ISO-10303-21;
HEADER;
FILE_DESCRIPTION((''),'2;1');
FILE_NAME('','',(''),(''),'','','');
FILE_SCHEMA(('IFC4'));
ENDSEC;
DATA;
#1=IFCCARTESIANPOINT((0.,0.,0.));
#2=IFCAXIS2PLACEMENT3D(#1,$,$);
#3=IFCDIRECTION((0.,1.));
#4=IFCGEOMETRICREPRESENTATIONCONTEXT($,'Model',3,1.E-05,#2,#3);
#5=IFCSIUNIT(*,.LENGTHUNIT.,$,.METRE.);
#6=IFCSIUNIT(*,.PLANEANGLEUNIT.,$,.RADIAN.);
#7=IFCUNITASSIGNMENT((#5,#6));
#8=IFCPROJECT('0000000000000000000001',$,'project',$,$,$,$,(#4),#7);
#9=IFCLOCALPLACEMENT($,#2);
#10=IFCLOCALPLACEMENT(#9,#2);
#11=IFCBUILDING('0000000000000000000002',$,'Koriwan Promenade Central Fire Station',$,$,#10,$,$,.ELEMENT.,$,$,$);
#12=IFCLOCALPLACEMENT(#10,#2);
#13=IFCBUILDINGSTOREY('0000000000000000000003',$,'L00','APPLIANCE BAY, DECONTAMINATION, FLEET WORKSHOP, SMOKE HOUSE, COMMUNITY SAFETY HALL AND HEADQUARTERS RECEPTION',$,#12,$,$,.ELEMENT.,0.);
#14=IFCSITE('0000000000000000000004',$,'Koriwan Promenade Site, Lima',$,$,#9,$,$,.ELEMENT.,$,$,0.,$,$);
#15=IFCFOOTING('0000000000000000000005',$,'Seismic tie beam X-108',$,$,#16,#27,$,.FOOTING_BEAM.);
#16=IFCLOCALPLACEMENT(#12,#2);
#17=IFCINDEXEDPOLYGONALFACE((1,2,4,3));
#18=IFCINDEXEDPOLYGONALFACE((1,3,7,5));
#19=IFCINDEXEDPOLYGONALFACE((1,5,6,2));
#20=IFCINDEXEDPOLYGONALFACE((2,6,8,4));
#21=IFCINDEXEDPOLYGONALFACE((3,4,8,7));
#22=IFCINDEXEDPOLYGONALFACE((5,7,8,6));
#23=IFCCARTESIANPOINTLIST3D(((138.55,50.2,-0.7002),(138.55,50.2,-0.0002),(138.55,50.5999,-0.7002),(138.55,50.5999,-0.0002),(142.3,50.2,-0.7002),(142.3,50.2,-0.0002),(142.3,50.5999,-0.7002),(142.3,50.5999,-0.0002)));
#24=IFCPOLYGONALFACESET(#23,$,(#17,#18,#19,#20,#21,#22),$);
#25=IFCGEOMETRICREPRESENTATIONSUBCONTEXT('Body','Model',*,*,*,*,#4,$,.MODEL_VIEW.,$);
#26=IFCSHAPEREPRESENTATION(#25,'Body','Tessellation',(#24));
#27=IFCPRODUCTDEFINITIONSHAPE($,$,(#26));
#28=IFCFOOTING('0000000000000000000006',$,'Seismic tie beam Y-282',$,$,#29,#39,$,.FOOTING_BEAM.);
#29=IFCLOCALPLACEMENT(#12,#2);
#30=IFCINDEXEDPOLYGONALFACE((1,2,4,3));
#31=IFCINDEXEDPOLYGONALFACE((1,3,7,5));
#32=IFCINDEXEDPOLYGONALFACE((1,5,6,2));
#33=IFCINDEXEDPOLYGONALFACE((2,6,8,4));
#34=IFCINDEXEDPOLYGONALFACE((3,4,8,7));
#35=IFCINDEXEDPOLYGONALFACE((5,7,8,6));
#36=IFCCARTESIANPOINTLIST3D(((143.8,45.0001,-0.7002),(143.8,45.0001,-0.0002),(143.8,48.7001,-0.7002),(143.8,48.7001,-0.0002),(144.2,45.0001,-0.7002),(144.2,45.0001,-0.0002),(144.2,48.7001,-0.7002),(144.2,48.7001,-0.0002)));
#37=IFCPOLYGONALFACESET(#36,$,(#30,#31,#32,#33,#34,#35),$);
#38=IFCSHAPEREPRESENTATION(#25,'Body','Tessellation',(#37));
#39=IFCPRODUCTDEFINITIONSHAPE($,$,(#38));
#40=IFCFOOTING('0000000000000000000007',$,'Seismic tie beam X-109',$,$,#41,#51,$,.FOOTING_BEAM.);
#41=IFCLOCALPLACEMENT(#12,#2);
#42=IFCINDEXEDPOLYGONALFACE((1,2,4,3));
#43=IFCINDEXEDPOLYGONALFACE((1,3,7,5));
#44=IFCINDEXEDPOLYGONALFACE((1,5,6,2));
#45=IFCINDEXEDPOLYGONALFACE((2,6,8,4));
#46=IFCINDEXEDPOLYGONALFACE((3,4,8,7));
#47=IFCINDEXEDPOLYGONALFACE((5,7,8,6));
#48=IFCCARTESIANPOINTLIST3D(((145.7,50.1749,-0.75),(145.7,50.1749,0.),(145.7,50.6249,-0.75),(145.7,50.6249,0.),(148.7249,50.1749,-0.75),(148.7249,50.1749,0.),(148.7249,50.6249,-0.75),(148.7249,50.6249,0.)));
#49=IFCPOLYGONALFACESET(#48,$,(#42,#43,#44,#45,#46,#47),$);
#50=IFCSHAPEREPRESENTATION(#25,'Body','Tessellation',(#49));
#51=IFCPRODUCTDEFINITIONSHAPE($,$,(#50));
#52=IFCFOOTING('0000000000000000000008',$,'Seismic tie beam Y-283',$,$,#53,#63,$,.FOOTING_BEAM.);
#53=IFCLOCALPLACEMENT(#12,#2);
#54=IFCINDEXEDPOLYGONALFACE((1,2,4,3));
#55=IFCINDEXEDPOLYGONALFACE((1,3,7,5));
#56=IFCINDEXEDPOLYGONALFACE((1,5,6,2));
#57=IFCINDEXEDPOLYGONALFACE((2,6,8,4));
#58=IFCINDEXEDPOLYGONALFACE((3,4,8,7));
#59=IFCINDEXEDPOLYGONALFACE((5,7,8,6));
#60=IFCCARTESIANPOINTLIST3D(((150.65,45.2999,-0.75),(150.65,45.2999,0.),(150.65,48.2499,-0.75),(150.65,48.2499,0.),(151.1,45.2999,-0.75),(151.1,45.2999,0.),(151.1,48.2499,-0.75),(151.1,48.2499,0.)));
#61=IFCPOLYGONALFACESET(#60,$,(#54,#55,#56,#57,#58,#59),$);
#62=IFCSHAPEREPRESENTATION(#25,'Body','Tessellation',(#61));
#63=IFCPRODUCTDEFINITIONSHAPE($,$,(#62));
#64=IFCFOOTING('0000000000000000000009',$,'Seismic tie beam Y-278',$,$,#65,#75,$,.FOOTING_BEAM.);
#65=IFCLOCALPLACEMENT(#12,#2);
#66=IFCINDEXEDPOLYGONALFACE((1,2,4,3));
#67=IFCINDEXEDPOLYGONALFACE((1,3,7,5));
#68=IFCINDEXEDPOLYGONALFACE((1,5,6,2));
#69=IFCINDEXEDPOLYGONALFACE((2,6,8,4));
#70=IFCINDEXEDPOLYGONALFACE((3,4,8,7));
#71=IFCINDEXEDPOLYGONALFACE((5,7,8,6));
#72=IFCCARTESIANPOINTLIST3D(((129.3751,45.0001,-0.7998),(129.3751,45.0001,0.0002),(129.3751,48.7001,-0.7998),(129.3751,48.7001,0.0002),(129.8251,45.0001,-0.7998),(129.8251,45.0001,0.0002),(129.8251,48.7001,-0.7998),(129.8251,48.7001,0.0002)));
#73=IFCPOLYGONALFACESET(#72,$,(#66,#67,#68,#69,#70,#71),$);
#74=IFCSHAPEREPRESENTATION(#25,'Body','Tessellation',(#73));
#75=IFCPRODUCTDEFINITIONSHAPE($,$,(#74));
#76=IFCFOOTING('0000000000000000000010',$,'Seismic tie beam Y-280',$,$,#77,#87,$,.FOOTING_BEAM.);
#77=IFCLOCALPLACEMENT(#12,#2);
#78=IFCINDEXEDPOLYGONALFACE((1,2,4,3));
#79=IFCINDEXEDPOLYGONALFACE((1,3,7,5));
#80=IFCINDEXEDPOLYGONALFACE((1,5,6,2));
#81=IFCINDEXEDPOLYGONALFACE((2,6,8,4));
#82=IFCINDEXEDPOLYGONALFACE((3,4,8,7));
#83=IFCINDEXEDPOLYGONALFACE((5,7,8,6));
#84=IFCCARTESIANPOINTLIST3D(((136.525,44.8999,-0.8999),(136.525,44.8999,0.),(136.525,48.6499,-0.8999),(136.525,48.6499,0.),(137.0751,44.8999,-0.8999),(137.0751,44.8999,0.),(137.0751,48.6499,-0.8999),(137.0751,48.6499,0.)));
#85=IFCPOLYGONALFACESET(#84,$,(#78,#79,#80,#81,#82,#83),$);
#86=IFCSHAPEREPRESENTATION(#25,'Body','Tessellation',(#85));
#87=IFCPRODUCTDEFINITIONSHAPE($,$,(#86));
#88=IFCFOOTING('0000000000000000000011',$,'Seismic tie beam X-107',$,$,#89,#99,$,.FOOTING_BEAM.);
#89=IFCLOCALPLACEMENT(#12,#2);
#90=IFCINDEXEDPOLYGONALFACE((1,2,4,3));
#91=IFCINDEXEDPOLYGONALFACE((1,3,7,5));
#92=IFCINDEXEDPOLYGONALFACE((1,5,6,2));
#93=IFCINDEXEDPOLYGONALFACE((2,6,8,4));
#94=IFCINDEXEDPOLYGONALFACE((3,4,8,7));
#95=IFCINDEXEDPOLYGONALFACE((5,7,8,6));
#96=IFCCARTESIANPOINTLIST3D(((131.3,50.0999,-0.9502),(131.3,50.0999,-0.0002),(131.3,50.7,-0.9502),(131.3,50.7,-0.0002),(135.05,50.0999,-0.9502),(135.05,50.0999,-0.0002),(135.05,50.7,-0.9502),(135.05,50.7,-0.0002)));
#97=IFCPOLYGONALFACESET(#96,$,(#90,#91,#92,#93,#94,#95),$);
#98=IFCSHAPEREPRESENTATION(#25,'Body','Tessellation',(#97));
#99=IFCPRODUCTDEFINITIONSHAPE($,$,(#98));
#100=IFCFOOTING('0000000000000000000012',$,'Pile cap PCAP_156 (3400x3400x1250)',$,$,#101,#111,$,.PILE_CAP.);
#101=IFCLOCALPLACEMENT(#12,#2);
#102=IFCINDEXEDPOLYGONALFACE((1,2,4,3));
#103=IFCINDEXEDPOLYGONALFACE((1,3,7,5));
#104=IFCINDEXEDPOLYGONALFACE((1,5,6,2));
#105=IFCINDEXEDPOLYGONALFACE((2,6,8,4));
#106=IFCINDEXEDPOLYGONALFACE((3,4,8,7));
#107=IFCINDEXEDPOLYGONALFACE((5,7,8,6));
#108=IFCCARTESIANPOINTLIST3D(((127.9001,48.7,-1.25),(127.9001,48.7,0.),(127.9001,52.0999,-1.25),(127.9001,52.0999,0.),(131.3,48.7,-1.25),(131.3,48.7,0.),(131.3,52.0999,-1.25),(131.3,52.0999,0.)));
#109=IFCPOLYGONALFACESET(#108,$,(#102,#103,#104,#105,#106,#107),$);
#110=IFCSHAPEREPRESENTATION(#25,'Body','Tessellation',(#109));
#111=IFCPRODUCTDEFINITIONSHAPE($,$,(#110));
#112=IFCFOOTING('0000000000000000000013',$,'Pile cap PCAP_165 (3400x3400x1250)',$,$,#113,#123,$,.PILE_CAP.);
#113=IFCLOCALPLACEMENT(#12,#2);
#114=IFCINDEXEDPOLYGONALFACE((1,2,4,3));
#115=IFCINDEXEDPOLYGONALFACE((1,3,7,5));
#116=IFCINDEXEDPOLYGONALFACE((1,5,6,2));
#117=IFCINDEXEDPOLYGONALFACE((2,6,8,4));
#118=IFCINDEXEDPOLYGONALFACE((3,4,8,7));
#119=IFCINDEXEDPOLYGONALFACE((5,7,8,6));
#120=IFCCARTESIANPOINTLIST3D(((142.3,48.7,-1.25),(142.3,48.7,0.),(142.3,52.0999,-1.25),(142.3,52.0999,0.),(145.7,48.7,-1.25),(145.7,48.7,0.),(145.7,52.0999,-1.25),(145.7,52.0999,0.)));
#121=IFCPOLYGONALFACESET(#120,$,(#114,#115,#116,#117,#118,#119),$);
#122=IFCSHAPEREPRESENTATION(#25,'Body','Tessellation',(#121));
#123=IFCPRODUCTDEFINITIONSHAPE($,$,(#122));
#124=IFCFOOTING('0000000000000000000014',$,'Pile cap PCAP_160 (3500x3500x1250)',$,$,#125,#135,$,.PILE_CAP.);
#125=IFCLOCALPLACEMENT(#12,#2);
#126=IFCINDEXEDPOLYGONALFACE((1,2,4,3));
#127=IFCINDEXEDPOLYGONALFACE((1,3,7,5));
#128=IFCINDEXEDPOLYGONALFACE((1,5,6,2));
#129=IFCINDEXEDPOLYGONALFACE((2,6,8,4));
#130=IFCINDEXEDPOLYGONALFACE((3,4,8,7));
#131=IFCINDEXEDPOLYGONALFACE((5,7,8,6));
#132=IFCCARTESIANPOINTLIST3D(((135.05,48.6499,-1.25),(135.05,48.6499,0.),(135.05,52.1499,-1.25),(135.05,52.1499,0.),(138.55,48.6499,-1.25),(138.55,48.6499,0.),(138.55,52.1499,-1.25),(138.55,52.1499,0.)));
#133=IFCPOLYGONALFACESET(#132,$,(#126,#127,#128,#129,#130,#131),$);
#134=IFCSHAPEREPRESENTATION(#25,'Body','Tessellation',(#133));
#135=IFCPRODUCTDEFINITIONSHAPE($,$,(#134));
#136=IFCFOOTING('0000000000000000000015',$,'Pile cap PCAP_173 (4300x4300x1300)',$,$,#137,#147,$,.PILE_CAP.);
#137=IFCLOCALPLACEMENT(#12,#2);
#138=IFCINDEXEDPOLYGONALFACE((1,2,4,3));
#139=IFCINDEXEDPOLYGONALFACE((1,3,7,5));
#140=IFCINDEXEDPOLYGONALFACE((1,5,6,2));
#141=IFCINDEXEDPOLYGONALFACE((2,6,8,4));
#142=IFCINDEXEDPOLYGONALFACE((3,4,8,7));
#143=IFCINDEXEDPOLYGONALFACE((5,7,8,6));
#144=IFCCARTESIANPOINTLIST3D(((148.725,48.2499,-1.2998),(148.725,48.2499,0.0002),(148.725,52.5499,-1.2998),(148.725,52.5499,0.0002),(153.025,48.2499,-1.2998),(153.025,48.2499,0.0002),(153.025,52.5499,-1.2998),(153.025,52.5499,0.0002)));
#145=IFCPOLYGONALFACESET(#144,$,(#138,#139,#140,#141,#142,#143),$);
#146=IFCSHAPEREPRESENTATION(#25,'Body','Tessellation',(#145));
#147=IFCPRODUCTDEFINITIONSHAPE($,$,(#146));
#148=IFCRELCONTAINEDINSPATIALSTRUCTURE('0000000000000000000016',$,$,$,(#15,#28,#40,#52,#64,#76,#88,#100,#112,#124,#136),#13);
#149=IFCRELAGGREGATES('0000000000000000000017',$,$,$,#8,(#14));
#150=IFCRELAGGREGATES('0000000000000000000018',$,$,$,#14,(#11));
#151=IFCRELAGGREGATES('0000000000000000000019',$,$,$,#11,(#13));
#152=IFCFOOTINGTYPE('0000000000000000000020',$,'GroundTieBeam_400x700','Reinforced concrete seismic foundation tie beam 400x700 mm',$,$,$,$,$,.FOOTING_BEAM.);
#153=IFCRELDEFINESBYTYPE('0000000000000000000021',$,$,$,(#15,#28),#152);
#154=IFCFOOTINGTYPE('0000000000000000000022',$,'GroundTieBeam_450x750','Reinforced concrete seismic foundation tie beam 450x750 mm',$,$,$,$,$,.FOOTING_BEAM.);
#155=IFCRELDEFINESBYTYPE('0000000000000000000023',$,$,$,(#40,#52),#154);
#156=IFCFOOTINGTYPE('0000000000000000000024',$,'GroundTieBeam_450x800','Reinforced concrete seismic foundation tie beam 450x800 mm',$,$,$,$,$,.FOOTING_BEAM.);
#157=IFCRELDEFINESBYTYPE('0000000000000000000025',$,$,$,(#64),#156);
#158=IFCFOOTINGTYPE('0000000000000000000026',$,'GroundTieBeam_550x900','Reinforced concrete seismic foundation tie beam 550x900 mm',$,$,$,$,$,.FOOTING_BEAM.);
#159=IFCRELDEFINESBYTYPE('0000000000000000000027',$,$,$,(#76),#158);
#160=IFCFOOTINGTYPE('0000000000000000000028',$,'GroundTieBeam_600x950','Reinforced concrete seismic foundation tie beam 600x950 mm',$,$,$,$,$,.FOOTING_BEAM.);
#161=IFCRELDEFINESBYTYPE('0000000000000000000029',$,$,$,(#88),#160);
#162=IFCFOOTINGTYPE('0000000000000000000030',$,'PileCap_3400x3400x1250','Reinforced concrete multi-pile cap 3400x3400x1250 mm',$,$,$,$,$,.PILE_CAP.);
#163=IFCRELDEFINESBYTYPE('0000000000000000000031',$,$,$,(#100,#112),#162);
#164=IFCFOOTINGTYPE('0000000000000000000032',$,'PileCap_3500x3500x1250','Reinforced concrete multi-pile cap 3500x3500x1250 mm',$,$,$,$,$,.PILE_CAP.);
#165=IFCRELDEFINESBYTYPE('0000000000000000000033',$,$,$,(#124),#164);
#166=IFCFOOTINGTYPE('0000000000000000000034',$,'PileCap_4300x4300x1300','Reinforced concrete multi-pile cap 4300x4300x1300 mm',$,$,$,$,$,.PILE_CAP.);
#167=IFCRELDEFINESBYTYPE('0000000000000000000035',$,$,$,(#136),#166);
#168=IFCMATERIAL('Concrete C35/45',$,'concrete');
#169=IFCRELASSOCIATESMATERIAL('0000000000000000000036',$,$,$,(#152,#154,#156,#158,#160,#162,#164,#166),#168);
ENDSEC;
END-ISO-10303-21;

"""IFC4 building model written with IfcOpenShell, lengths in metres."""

from ifc_helpers import new_model, si_unit, direction, frame, origin, origin_2d, place, context, subcontext, project, spatial, rectangle, extrude, material, type_object, element, save


model = new_model("IFC4")

# Units and contexts
model_context = context("Model", 3, precision=1e-05, world=origin(), true_north=direction((0.0, 1.0)))
body_context = subcontext(model_context, "Body", "Model", "MODEL_VIEW")
ifc_project = project(units=[si_unit("LENGTHUNIT", "METRE"), si_unit("PLANEANGLEUNIT", "RADIAN")], contexts=[model_context])

# Site, building, storey
site_placement = place(None, origin())
site = spatial("IfcSite", under=ifc_project, at=site_placement, Name="Koriwan Promenade Site, Lima", CompositionType="ELEMENT", RefElevation=0.0)
building_placement = place(site_placement, origin())
building = spatial("IfcBuilding", under=site, at=building_placement, Name="Koriwan Promenade Central Fire Station", CompositionType="ELEMENT")
storey_placement = place(building_placement, origin())
storey = spatial("IfcBuildingStorey", under=building, at=storey_placement, Name="L00", Description="APPLIANCE BAY, DECONTAMINATION, FLEET WORKSHOP, SMOKE HOUSE, COMMUNITY SAFETY HALL AND HEADQUARTERS RECEPTION", CompositionType="ELEMENT", Elevation=0.0)

# Shared definitions
ifc_material_1 = material(Name="Concrete C35/45", Category="concrete")

# Footings
footing_type_1 = type_object("IfcFootingType", Name="GroundTieBeam_400x700", Description="Reinforced concrete seismic foundation tie beam 400x700 mm", PredefinedType="FOOTING_BEAM", material=ifc_material_1)
footing_1_placement = place(storey_placement, frame((140.425, 50.3999, -0.7002), z_axis=(0.0, 0.0, 1.0), x_axis=(1.0, 0.0, 0.0)))
element("IfcFooting", 1, at=footing_1_placement, inside=storey, type_object=footing_type_1, Name="Seismic tie beam X-108", PredefinedType="FOOTING_BEAM", context=body_context, shape_type="SweptSolid", body=[
    extrude(rectangle(XDim=3.75, YDim=0.3999, at=origin_2d()), origin(), (0.0, 0.0, 1.0), 0.7),
])
footing_2_placement = place(storey_placement, frame((144.0, 46.8501, -0.7002), z_axis=(0.0, 0.0, 1.0), x_axis=(0.0, 1.0, 0.0)))
element("IfcFooting", 2, at=footing_2_placement, inside=storey, type_object=footing_type_1, Name="Seismic tie beam Y-282", PredefinedType="FOOTING_BEAM", context=body_context, shape_type="SweptSolid", body=[
    extrude(rectangle(XDim=3.7, YDim=0.3999, at=origin_2d()), origin(), (0.0, 0.0, 1.0), 0.7),
])
footing_type_2 = type_object("IfcFootingType", Name="GroundTieBeam_450x750", Description="Reinforced concrete seismic foundation tie beam 450x750 mm", PredefinedType="FOOTING_BEAM", material=ifc_material_1)
footing_3_placement = place(storey_placement, frame((147.2124, 50.3999, -0.75), z_axis=(0.0, 0.0, 1.0), x_axis=(1.0, 0.0, 0.0)))
element("IfcFooting", 3, at=footing_3_placement, inside=storey, type_object=footing_type_2, Name="Seismic tie beam X-109", PredefinedType="FOOTING_BEAM", context=body_context, shape_type="SweptSolid", body=[
    extrude(rectangle(XDim=3.0249, YDim=0.45, at=origin_2d()), origin(), (0.0, 0.0, 1.0), 0.75),
])
footing_4_placement = place(storey_placement, frame((150.875, 46.7749, -0.75), z_axis=(0.0, 0.0, 1.0), x_axis=(0.0, 1.0, 0.0)))
element("IfcFooting", 4, at=footing_4_placement, inside=storey, type_object=footing_type_2, Name="Seismic tie beam Y-283", PredefinedType="FOOTING_BEAM", context=body_context, shape_type="SweptSolid", body=[
    extrude(rectangle(XDim=2.95, YDim=0.45, at=origin_2d()), origin(), (0.0, 0.0, 1.0), 0.75),
])
footing_type_3 = type_object("IfcFootingType", Name="GroundTieBeam_450x800", Description="Reinforced concrete seismic foundation tie beam 450x800 mm", PredefinedType="FOOTING_BEAM", material=ifc_material_1)
footing_5_placement = place(storey_placement, frame((129.6001, 46.8501, -0.7998), z_axis=(0.0, 0.0, 1.0), x_axis=(0.0, 1.0, 0.0)))
element("IfcFooting", 5, at=footing_5_placement, inside=storey, type_object=footing_type_3, Name="Seismic tie beam Y-278", PredefinedType="FOOTING_BEAM", context=body_context, shape_type="SweptSolid", body=[
    extrude(rectangle(XDim=3.7, YDim=0.45, at=origin_2d()), origin(), (0.0, 0.0, 1.0), 0.8),
])
footing_type_4 = type_object("IfcFootingType", Name="GroundTieBeam_550x900", Description="Reinforced concrete seismic foundation tie beam 550x900 mm", PredefinedType="FOOTING_BEAM", material=ifc_material_1)
footing_6_placement = place(storey_placement, frame((136.8, 46.7749, -0.8999), z_axis=(0.0, 0.0, 1.0), x_axis=(0.0, 1.0, 0.0)))
element("IfcFooting", 6, at=footing_6_placement, inside=storey, type_object=footing_type_4, Name="Seismic tie beam Y-280", PredefinedType="FOOTING_BEAM", context=body_context, shape_type="SweptSolid", body=[
    extrude(rectangle(XDim=3.75, YDim=0.55, at=origin_2d()), origin(), (0.0, 0.0, 1.0), 0.8999),
])
footing_type_5 = type_object("IfcFootingType", Name="GroundTieBeam_600x950", Description="Reinforced concrete seismic foundation tie beam 600x950 mm", PredefinedType="FOOTING_BEAM", material=ifc_material_1)
footing_7_placement = place(storey_placement, frame((133.175, 50.3999, -0.9502), z_axis=(0.0, 0.0, 1.0), x_axis=(1.0, 0.0, 0.0)))
element("IfcFooting", 7, at=footing_7_placement, inside=storey, type_object=footing_type_5, Name="Seismic tie beam X-107", PredefinedType="FOOTING_BEAM", context=body_context, shape_type="SweptSolid", body=[
    extrude(rectangle(XDim=3.75, YDim=0.6001, at=origin_2d()), origin(), (0.0, 0.0, 1.0), 0.95),
])
footing_type_6 = type_object("IfcFootingType", Name="PileCap_3400x3400x1250", Description="Reinforced concrete multi-pile cap 3400x3400x1250 mm", PredefinedType="PILE_CAP", material=ifc_material_1)
for number, where, z_axis, x_axis, name in (
    (8, (129.6001, 50.3999, -1.25), (0.0, 0.0, 1.0), (1.0, 0.0, 0.0), "Pile cap PCAP_156 (3400x3400x1250)"),
    (9, (144.0, 50.3999, -1.25), (0.0, 0.0, 1.0), (1.0, 0.0, 0.0), "Pile cap PCAP_165 (3400x3400x1250)"),
):
    element("IfcFooting", number, at=place(storey_placement, frame(where, z_axis=z_axis, x_axis=x_axis)), inside=storey, type_object=footing_type_6, Name=name, PredefinedType="PILE_CAP", context=body_context, shape_type="SweptSolid", body=[
        extrude(rectangle(XDim=3.3999, YDim=3.3999, at=origin_2d()), origin(), (0.0, 0.0, 1.0), 1.25),
    ])
footing_type_7 = type_object("IfcFootingType", Name="PileCap_3500x3500x1250", Description="Reinforced concrete multi-pile cap 3500x3500x1250 mm", PredefinedType="PILE_CAP", material=ifc_material_1)
footing_8_placement = place(storey_placement, frame((136.8, 50.3999, -1.25), z_axis=(0.0, 0.0, 1.0), x_axis=(1.0, 0.0, 0.0)))
element("IfcFooting", 10, at=footing_8_placement, inside=storey, type_object=footing_type_7, Name="Pile cap PCAP_160 (3500x3500x1250)", PredefinedType="PILE_CAP", context=body_context, shape_type="SweptSolid", body=[
    extrude(rectangle(XDim=3.5, YDim=3.5, at=origin_2d()), origin(), (0.0, 0.0, 1.0), 1.25),
])
footing_type_8 = type_object("IfcFootingType", Name="PileCap_4300x4300x1300", Description="Reinforced concrete multi-pile cap 4300x4300x1300 mm", PredefinedType="PILE_CAP", material=ifc_material_1)
footing_9_placement = place(storey_placement, frame((150.875, 50.3999, -1.2998), z_axis=(0.0, 0.0, 1.0), x_axis=(1.0, 0.0, 0.0)))
element("IfcFooting", 11, at=footing_9_placement, inside=storey, type_object=footing_type_8, Name="Pile cap PCAP_173 (4300x4300x1300)", PredefinedType="PILE_CAP", context=body_context, shape_type="SweptSolid", body=[
    extrude(rectangle(XDim=4.3, YDim=4.3, at=origin_2d()), origin(), (0.0, 0.0, 1.0), 1.3),
])

save(model, "model.ifc")
